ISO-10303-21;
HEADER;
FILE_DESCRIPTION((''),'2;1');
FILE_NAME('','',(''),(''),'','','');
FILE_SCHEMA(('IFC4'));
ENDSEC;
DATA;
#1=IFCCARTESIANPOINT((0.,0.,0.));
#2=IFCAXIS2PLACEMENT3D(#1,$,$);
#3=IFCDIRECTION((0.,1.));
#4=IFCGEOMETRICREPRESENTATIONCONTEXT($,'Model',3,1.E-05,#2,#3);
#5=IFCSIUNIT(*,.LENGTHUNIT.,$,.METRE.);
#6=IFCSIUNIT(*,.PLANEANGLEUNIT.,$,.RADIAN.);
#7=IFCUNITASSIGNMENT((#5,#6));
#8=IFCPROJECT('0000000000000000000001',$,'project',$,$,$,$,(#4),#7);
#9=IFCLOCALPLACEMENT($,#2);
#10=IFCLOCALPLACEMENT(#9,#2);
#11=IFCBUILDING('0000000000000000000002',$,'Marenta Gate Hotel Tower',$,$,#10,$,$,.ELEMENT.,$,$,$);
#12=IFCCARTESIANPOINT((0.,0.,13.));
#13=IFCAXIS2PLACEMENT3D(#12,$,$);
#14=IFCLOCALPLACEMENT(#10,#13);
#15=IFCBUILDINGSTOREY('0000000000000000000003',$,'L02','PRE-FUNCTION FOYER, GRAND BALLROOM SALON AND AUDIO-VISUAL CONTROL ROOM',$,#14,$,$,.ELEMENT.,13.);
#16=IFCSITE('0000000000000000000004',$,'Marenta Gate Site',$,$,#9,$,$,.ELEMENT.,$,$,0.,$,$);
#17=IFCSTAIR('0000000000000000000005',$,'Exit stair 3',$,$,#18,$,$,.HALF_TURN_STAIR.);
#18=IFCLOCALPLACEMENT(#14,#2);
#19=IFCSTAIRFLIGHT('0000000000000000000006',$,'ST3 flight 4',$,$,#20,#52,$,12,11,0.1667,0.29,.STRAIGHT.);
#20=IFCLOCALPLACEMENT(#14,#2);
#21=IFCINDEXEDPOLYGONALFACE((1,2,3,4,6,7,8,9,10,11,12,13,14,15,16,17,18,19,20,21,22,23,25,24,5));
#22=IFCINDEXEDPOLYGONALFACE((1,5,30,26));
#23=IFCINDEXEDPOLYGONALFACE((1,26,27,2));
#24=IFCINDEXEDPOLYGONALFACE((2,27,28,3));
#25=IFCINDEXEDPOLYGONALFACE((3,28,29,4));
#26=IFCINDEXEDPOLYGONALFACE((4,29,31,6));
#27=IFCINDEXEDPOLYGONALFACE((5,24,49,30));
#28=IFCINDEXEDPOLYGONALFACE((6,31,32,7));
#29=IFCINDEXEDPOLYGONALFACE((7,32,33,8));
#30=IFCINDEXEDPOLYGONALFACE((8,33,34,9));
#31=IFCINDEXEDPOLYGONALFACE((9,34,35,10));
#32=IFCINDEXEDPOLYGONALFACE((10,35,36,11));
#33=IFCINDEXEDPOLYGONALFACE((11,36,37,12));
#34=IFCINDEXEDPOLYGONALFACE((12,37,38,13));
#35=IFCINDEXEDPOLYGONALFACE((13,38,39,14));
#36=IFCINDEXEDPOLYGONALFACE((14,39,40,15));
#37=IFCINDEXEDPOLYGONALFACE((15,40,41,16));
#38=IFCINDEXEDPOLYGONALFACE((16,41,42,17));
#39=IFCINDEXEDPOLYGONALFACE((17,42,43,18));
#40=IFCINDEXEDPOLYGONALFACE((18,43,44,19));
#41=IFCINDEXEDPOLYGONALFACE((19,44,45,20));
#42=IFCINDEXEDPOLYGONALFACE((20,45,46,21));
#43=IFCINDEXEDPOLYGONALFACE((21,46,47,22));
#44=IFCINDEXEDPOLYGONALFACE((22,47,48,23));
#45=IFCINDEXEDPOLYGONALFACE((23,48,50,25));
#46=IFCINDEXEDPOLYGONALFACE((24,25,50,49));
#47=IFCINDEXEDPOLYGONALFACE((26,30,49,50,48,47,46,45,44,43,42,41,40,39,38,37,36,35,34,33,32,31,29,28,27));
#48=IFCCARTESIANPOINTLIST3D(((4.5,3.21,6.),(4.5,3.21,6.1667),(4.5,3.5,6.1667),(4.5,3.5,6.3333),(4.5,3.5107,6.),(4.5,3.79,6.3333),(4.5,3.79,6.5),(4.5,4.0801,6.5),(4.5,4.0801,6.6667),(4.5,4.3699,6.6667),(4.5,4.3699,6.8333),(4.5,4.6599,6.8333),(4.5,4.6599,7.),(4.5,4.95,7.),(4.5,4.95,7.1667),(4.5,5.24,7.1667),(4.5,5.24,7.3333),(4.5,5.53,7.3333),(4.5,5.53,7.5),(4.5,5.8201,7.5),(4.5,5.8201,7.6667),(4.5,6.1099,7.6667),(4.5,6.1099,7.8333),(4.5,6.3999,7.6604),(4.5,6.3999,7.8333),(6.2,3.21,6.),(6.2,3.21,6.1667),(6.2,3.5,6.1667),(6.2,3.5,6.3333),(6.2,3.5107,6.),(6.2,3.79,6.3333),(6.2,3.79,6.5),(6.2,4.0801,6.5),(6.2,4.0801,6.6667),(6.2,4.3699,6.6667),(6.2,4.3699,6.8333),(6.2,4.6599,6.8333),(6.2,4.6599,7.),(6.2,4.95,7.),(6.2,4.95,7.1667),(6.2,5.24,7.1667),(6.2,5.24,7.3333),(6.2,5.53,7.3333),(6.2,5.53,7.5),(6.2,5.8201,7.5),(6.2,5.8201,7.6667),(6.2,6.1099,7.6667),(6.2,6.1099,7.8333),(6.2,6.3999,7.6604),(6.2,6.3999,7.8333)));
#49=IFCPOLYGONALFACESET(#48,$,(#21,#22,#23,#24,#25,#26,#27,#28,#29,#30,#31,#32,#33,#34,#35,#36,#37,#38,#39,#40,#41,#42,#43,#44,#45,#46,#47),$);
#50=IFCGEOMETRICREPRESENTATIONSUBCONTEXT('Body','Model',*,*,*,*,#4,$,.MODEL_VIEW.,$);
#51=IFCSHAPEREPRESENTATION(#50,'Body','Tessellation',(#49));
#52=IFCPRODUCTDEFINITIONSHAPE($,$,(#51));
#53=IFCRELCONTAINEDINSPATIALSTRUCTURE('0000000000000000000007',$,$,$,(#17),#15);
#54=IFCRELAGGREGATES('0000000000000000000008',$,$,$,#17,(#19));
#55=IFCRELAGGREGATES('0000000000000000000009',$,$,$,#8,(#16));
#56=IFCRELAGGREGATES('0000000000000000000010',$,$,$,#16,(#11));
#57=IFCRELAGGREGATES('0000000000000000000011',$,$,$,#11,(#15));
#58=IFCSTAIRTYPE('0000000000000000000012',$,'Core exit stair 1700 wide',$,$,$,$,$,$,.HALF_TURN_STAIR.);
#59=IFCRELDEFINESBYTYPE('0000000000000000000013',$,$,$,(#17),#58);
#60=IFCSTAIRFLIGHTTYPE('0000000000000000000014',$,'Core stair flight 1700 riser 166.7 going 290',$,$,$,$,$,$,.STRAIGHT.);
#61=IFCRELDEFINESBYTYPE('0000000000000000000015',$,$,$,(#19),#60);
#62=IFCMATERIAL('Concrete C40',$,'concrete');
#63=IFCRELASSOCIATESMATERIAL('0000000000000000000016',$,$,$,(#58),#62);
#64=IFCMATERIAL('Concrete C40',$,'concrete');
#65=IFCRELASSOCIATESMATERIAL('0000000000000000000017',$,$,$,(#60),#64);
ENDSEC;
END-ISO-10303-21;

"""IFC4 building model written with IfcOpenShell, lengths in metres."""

from ifc_helpers import new_model, si_unit, direction, frame, origin, place, context, subcontext, project, spatial, polyline, outline, extrude, material, type_object, element, aggregate, save


model = new_model("IFC4")

# Units and contexts
model_context = context("Model", 3, precision=1e-05, world=origin(), true_north=direction((0.0, 1.0)))
body_context = subcontext(model_context, "Body", "Model", "MODEL_VIEW")
ifc_project = project(units=[si_unit("LENGTHUNIT", "METRE"), si_unit("PLANEANGLEUNIT", "RADIAN")], contexts=[model_context])

# Site, building, storey
site_placement = place(None, origin())
site = spatial("IfcSite", under=ifc_project, at=site_placement, Name="Marenta Gate Site", CompositionType="ELEMENT", RefElevation=0.0)
building_placement = place(site_placement, origin())
building = spatial("IfcBuilding", under=site, at=building_placement, Name="Marenta Gate Hotel Tower", CompositionType="ELEMENT")
storey_placement = place(building_placement, frame((0.0, 0.0, 13.0)))
storey = spatial("IfcBuildingStorey", under=building, at=storey_placement, Name="L02", Description="PRE-FUNCTION FOYER, GRAND BALLROOM SALON AND AUDIO-VISUAL CONTROL ROOM", CompositionType="ELEMENT", Elevation=13.0)

# Stair, stair flight
ifc_material_1 = material(Name="Concrete C40", Category="concrete")
stair_type_1 = type_object("IfcStairType", Name="Core exit stair 1700 wide", PredefinedType="HALF_TURN_STAIR", material=ifc_material_1)
stair_1_placement = place(storey_placement, origin())
stair_1 = element("IfcStair", 1, at=stair_1_placement, inside=storey, type_object=stair_type_1, Name="Exit stair 3", PredefinedType="HALF_TURN_STAIR")
ifc_material_2 = material(Name="Concrete C40", Category="concrete")
stair_flight_type = type_object("IfcStairFlightType", Name="Core stair flight 1700 riser 166.7 going 290", PredefinedType="STRAIGHT", material=ifc_material_2)
stair_flight_1_placement = place(storey_placement, frame((5.3501, 3.21, 6.0), z_axis=(0.0, 0.0, 1.0), x_axis=(0.0, 1.0, 0.0)))
stair_flight_1 = element("IfcStairFlight", 2, at=stair_flight_1_placement, type_object=stair_flight_type, Name="ST3 flight 4", NumberOfRisers=12, NumberOfTreads=11, PredefinedType="STRAIGHT", RiserHeight=0.1667, TreadLength=0.29, context=body_context, shape_type="SweptSolid", body=[
    extrude(outline(polyline([(0.0, 0.0), (0.0, 0.1667), (0.29, 0.1667), (0.29, 0.3333), (0.5801, 0.3333), (0.5801, 0.5), (0.8701, 0.5), (0.8701, 0.6667), (1.1599, 0.6667), (1.1599, 0.8333), (1.45, 0.8333), (1.45, 1.0), (1.74, 1.0), (1.74, 1.1667), (2.03, 1.1667), (2.03, 1.3333), (2.3201, 1.3333), (2.3201, 1.5), (2.6101, 1.5), (2.6101, 1.6667), (2.8999, 1.6667), (2.8999, 1.8333), (3.1899, 1.8333), (3.1899, 2.0), (3.1899, 1.6604), (0.3008, 0.0), (0.0, 0.0)])), frame((0.0, 0.8501, 0.0), z_axis=(0.0, -1.0, 0.0), x_axis=(1.0, 0.0, 0.0)), (0.0, 0.0, 1.0), 1.7),
])
aggregate(stair_1, [stair_flight_1])

save(model, "model.ifc")
